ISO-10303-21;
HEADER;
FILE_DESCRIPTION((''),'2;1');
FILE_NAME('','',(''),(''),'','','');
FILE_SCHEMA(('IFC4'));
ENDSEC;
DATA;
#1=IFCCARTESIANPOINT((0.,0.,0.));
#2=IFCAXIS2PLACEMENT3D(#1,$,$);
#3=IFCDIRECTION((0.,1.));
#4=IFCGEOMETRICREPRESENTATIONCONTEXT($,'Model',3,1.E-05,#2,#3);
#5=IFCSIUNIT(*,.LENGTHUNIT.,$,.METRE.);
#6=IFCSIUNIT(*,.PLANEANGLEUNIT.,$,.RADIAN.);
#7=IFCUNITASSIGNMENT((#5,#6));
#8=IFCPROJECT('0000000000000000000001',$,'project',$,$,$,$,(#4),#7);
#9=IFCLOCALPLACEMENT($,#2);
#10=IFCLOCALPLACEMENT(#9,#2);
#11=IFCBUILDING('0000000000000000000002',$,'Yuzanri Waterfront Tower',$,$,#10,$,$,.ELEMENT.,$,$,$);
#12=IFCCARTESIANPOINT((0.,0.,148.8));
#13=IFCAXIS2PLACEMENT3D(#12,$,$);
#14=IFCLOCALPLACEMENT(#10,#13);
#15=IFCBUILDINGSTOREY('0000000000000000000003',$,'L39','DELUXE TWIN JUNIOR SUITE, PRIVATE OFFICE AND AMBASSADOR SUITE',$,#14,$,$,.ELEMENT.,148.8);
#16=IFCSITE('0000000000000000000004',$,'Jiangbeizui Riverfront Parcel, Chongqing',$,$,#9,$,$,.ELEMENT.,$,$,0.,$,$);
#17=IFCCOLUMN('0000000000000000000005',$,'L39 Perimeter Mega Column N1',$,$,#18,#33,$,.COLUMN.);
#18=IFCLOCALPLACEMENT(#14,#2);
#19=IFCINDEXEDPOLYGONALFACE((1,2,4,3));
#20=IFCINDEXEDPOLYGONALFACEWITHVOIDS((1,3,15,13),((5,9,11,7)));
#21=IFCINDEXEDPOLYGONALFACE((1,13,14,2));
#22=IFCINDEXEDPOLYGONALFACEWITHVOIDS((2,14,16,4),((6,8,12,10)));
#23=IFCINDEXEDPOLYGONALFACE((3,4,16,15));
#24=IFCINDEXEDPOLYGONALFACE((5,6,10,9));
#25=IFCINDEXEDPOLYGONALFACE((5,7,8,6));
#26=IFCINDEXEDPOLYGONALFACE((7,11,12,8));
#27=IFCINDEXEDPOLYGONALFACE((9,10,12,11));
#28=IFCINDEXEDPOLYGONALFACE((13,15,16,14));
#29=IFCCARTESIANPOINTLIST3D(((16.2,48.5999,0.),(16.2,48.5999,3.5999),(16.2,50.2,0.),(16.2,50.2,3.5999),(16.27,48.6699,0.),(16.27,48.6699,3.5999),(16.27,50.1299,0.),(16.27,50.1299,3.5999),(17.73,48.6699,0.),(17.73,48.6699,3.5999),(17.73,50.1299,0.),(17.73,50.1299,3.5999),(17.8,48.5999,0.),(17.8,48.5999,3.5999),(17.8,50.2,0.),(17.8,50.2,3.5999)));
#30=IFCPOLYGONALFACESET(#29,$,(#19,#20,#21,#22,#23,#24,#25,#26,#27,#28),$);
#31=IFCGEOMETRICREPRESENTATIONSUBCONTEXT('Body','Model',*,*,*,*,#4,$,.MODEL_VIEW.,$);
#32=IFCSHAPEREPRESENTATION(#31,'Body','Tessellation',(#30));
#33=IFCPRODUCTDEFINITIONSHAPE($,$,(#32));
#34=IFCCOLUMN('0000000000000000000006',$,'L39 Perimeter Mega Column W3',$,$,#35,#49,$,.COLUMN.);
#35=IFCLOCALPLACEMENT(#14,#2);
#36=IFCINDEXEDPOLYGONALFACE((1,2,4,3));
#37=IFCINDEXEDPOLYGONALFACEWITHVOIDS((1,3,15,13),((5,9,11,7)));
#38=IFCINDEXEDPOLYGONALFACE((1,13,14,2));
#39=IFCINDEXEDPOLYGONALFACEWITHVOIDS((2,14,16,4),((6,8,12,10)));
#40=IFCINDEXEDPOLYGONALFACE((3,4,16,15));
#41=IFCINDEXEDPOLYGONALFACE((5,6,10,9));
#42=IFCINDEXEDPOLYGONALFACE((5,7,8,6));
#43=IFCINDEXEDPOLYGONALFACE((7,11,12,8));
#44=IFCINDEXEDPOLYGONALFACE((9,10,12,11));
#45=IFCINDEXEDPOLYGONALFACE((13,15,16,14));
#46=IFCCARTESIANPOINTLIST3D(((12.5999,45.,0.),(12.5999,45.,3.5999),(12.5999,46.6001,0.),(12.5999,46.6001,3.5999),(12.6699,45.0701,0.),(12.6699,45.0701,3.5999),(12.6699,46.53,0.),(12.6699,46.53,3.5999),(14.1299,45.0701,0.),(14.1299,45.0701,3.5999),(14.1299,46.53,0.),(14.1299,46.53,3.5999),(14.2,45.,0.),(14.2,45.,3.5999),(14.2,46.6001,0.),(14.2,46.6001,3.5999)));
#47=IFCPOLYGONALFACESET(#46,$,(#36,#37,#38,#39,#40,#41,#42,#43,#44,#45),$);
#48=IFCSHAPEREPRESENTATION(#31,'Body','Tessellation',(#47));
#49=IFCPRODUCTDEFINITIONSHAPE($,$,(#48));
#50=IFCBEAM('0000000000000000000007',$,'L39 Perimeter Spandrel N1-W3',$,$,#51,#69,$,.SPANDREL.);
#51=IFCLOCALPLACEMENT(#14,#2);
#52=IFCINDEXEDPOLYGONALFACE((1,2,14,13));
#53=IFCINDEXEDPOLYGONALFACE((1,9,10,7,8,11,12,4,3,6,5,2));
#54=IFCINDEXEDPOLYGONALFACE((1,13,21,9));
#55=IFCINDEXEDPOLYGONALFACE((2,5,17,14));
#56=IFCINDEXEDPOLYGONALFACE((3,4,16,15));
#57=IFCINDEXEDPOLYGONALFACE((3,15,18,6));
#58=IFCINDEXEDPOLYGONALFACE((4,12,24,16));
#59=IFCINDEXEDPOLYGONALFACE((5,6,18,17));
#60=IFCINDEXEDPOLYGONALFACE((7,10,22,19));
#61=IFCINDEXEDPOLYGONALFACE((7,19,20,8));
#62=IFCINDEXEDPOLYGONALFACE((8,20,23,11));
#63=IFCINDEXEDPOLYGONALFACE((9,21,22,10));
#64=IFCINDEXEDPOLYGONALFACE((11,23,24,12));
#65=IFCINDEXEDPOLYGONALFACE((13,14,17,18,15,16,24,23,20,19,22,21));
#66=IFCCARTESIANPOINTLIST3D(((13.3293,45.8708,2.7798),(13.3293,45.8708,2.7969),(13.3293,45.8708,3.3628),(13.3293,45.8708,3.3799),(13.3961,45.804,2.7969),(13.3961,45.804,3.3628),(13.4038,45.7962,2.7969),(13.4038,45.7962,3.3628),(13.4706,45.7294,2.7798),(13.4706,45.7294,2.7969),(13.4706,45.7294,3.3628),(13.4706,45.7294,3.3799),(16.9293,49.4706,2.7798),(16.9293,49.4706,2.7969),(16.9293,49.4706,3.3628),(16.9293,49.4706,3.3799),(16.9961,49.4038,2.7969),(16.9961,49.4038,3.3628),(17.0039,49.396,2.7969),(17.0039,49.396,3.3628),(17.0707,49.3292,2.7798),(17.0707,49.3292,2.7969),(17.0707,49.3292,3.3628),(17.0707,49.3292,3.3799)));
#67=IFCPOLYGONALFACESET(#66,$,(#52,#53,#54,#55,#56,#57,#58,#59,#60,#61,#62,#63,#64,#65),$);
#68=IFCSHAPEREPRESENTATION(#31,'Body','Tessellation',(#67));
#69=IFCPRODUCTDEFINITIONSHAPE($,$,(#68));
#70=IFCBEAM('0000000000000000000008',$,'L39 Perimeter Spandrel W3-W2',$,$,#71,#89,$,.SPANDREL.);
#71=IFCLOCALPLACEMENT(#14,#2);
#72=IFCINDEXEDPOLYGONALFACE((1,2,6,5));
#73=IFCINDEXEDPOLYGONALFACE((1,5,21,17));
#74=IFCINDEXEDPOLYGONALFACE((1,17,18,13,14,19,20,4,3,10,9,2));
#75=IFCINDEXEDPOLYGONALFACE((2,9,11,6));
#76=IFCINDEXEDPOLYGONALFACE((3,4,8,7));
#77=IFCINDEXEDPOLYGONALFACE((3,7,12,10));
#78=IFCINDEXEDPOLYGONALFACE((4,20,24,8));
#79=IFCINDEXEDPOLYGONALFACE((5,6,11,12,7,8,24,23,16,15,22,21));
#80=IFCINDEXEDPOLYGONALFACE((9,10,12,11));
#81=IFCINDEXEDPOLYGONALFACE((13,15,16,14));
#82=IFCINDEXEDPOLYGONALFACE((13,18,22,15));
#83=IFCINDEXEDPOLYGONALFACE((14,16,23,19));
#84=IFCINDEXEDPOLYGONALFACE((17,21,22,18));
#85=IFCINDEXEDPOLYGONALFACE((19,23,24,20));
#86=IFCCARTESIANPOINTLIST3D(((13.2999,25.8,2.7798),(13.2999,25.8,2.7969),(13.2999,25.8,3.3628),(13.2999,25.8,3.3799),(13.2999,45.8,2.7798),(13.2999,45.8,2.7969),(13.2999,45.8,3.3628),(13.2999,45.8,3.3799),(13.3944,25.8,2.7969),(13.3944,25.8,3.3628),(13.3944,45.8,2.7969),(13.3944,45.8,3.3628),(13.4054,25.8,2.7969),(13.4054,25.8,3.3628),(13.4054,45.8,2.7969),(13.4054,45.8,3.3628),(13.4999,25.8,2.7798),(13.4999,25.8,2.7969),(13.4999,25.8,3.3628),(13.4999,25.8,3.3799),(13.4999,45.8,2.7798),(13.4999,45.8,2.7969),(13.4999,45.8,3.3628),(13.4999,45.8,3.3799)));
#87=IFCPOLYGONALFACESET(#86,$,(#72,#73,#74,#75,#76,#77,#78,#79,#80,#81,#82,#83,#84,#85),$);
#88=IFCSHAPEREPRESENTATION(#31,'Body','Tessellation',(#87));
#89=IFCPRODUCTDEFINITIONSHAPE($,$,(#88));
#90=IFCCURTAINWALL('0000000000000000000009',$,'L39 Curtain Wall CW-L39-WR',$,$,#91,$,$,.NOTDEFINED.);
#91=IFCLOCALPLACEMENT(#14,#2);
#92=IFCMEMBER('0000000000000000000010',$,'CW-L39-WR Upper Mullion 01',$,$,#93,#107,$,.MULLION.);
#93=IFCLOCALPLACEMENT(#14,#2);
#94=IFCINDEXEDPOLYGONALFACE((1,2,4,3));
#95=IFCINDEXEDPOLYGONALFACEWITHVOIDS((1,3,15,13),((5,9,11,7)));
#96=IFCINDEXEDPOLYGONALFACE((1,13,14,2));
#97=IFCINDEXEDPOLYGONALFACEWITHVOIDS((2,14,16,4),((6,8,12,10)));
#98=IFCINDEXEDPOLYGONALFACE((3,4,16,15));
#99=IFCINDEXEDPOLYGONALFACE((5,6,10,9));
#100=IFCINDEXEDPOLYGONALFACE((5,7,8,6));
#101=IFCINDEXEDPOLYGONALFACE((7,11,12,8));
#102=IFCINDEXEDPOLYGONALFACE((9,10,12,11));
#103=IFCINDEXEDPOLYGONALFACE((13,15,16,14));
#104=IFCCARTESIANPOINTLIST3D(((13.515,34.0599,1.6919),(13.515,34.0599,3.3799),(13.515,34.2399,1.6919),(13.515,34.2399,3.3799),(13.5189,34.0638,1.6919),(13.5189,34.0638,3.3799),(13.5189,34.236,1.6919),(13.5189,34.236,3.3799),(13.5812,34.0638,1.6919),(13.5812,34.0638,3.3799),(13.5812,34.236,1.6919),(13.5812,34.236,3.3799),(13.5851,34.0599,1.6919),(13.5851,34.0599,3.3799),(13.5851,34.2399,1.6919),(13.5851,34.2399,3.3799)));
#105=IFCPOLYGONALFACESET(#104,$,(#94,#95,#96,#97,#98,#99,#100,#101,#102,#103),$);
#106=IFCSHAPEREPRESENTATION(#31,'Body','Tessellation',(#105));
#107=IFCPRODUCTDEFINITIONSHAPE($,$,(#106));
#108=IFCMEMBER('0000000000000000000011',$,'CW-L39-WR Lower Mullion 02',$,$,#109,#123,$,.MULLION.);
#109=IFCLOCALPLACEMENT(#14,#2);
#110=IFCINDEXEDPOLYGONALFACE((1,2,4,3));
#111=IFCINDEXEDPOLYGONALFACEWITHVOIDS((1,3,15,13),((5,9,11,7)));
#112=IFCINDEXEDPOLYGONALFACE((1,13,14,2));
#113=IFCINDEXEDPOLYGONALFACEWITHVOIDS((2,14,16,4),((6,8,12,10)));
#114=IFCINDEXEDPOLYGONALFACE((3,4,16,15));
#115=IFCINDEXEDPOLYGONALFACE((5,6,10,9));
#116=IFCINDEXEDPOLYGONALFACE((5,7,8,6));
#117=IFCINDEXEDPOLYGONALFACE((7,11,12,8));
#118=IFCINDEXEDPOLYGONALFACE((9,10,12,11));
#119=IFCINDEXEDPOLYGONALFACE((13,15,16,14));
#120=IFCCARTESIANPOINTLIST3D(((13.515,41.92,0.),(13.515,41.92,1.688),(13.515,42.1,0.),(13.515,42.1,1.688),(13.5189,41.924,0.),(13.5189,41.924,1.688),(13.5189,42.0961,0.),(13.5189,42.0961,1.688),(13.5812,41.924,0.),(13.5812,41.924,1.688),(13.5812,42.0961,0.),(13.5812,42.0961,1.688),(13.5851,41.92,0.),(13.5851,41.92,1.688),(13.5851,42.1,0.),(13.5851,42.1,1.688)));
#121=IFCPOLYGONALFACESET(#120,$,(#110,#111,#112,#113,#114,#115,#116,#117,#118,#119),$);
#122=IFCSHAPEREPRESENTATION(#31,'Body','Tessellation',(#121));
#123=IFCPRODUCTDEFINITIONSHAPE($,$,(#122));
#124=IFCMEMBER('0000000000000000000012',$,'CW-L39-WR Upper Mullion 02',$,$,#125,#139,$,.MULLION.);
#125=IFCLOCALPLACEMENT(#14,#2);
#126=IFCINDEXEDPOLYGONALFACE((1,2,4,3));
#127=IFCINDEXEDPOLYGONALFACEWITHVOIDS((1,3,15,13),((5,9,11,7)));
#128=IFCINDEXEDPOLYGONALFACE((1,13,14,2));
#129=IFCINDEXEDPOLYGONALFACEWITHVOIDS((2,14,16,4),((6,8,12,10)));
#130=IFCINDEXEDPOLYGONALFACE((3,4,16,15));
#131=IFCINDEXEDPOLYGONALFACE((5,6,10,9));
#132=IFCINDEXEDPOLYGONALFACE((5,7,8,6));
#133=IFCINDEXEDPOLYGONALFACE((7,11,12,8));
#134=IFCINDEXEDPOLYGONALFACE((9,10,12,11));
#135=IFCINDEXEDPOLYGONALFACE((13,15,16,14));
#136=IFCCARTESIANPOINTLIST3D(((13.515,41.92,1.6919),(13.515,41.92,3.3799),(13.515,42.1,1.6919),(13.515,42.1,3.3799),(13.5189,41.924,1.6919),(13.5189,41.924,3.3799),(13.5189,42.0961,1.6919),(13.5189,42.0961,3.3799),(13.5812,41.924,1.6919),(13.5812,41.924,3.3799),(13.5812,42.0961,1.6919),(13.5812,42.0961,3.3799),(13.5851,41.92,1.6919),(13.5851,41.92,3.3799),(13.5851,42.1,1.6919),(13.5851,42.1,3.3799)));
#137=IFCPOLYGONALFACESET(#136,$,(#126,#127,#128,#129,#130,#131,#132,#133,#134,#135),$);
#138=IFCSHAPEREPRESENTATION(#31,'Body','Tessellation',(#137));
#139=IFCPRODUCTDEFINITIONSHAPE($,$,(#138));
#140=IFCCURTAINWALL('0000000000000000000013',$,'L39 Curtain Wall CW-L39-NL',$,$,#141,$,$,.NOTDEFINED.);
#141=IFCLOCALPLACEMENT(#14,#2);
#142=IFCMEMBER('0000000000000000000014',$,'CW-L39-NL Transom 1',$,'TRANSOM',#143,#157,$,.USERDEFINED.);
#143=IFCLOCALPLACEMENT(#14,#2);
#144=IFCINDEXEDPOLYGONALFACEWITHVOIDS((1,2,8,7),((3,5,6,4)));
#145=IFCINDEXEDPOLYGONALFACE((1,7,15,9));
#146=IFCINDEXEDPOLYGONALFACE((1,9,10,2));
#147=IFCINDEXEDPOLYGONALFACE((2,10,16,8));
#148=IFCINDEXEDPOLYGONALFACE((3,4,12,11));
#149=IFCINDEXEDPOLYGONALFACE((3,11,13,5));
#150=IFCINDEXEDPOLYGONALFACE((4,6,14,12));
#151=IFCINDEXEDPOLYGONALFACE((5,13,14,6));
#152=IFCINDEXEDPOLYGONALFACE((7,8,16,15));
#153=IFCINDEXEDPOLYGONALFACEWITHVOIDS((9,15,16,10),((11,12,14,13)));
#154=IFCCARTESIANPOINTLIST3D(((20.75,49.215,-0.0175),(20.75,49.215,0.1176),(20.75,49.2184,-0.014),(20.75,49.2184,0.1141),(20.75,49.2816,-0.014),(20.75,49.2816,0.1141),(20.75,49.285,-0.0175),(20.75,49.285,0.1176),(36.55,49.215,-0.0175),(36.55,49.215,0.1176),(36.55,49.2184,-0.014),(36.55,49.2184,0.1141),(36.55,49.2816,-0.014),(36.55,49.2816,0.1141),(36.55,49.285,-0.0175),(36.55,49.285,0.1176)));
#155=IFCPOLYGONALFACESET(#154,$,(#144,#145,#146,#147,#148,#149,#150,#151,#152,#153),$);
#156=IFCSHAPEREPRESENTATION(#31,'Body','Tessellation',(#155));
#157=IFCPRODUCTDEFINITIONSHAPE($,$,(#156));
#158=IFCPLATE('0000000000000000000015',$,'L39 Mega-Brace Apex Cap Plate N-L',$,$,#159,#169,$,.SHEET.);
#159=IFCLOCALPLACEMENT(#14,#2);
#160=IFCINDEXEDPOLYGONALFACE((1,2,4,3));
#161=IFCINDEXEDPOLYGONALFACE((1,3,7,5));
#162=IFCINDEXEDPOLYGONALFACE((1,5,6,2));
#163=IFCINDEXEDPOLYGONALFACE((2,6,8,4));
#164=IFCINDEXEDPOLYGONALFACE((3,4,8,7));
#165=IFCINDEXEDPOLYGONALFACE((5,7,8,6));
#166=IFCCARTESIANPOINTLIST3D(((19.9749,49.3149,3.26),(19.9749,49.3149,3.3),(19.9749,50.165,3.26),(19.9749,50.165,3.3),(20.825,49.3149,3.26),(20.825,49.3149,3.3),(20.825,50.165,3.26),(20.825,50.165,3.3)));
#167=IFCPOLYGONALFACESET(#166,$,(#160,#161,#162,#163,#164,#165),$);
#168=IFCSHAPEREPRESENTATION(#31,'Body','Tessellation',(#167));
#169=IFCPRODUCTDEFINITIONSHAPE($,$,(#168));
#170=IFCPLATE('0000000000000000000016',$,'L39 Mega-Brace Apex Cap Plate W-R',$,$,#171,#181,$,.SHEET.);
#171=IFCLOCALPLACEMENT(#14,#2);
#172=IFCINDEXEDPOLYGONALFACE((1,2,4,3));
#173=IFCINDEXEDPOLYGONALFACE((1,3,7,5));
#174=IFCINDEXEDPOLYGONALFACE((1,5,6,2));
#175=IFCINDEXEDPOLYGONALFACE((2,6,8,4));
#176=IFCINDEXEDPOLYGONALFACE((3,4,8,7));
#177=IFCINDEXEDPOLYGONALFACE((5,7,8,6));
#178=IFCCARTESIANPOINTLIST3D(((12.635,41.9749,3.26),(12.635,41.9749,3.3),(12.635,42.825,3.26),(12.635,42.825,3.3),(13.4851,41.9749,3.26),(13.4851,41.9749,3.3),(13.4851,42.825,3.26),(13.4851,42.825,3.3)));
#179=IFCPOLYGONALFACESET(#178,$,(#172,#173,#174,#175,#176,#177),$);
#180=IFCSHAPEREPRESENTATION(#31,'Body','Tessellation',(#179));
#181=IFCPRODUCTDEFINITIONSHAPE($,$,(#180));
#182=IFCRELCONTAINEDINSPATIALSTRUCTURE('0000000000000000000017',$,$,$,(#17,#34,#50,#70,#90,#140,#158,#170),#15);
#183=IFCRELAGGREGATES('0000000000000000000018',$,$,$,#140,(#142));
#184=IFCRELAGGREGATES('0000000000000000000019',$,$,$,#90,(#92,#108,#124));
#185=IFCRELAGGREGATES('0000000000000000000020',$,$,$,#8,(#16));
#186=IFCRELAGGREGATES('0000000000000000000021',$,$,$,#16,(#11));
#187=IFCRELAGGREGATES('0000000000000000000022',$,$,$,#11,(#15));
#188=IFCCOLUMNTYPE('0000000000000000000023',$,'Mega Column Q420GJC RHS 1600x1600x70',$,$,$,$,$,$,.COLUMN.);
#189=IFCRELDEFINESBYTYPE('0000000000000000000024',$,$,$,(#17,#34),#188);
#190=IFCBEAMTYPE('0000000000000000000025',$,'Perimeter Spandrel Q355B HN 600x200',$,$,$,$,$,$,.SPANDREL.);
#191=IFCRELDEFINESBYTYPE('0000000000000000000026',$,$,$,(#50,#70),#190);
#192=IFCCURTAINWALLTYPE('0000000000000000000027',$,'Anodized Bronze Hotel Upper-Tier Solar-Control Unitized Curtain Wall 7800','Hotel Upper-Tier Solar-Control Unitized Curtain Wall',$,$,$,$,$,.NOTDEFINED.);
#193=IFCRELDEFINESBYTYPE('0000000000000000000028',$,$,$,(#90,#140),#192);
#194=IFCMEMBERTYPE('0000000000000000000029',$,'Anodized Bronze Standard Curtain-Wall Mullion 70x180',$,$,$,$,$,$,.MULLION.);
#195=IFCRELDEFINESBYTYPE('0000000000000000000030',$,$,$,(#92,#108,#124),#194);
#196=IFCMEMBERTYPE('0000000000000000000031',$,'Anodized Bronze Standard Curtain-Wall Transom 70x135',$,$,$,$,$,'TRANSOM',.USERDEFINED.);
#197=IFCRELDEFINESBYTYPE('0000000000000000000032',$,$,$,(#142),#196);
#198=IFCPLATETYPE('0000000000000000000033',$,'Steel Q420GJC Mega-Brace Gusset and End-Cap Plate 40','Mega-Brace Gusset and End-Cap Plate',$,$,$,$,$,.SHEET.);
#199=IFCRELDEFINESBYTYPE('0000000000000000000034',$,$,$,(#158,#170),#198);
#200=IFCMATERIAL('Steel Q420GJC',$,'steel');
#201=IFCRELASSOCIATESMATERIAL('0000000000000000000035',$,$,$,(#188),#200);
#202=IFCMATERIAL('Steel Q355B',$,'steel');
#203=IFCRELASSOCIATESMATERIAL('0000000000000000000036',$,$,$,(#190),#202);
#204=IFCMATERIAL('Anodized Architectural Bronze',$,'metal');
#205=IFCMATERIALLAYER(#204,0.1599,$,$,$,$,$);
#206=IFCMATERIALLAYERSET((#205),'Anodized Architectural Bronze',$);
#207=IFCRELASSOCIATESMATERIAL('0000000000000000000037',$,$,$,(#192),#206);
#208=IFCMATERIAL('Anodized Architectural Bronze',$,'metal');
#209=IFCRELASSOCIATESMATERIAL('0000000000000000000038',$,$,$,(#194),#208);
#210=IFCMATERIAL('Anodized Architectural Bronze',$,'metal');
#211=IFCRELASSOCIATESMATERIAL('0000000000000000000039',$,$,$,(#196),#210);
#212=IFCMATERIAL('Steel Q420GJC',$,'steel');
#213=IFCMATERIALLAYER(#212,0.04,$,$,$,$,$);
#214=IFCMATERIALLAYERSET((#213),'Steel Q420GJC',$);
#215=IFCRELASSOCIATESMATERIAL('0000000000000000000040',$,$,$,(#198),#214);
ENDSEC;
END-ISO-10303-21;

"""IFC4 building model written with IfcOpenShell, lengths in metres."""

from ifc_helpers import new_model, si_unit, direction, frame, origin, origin_2d, place, context, subcontext, project, spatial, rectangle, hollow_rectangle, i_section, extrude, source, transform, mapped, material, layer, layer_set, material_profile, profile_set, type_object, element, aggregate, save


model = new_model("IFC4")

# Units and contexts
model_context = context("Model", 3, precision=1e-05, world=origin(), true_north=direction((0.0, 1.0)))
body_context = subcontext(model_context, "Body", "Model", "MODEL_VIEW")
ifc_project = project(units=[si_unit("LENGTHUNIT", "METRE"), si_unit("PLANEANGLEUNIT", "RADIAN")], contexts=[model_context])

# Site, building, storey
site_placement = place(None, origin())
site = spatial("IfcSite", under=ifc_project, at=site_placement, Name="Jiangbeizui Riverfront Parcel, Chongqing", CompositionType="ELEMENT", RefElevation=0.0)
building_placement = place(site_placement, origin())
building = spatial("IfcBuilding", under=site, at=building_placement, Name="Yuzanri Waterfront Tower", CompositionType="ELEMENT")
storey_placement = place(building_placement, frame((0.0, 0.0, 148.8)))
storey = spatial("IfcBuildingStorey", under=building, at=storey_placement, Name="L39", Description="DELUXE TWIN JUNIOR SUITE, PRIVATE OFFICE AND AMBASSADOR SUITE", CompositionType="ELEMENT", Elevation=148.8)

# Columns
ifc_material_1 = material(Name="Steel Q420GJC", Category="steel")
ifc_material_profile_1 = material_profile(ifc_material_1, hollow_rectangle(XDim=1.6001, YDim=1.6001, WallThickness=0.0701, at=origin_2d()), Name="RHS 1600x1600x70")
ifc_profile_set_1 = profile_set([ifc_material_profile_1], Name="Steel Q420GJC")
column_type = type_object("IfcColumnType", Name="Mega Column Q420GJC RHS 1600x1600x70", PredefinedType="COLUMN", material=ifc_profile_set_1)
shared_shape_1 = source(origin(), body_context, "Body", "SweptSolid", [
    extrude(hollow_rectangle(XDim=1.6001, YDim=1.6001, WallThickness=0.0701, at=origin_2d()), origin(), (0.0, 0.0, 1.0), 3.5999),
])
for number, where, z_axis, x_axis, name in (
    (1, (17.0, 49.3999, 0.0), (0.0, 0.0, 1.0), (1.0, 0.0, 0.0), "L39 Perimeter Mega Column N1"),
    (2, (13.3999, 45.8, 0.0), (0.0, 0.0, 1.0), (1.0, 0.0, 0.0), "L39 Perimeter Mega Column W3"),
):
    element("IfcColumn", number, at=place(storey_placement, frame(where, z_axis=z_axis, x_axis=x_axis)), inside=storey, type_object=column_type, Name=name, PredefinedType="COLUMN", context=body_context, shape_type="MappedRepresentation", body=[
        mapped(shared_shape_1, transform((0.0, 0.0, 0.0), scale=1.0)),
    ])

# Beams
ifc_material_2 = material(Name="Steel Q355B", Category="steel")
ifc_material_profile_2 = material_profile(ifc_material_2, i_section(OverallWidth=0.2, OverallDepth=0.6001, WebThickness=0.011, FlangeThickness=0.0171, at=origin_2d()), Name="HN 600x200x11x17")
ifc_profile_set_2 = profile_set([ifc_material_profile_2], Name="Steel Q355B")
beam_type = type_object("IfcBeamType", Name="Perimeter Spandrel Q355B HN 600x200", PredefinedType="SPANDREL", material=ifc_profile_set_2)
shared_shape_2 = source(origin(), body_context, "Body", "SweptSolid", [
    extrude(i_section(OverallWidth=0.2, OverallDepth=0.6001, WebThickness=0.011, FlangeThickness=0.0171, at=origin_2d()), origin(), (0.0, 0.0, 1.0), 5.0911),
])
beam_1_placement = place(storey_placement, frame((17.0, 49.3999, 3.0798), z_axis=(-0.707131, -0.707083, 0.0), x_axis=(0.707083, -0.707131, 0.0)))
element("IfcBeam", 3, at=beam_1_placement, inside=storey, type_object=beam_type, Name="L39 Perimeter Spandrel N1-W3", PredefinedType="SPANDREL", context=body_context, shape_type="MappedRepresentation", body=[
    mapped(shared_shape_2, transform((0.0, 0.0, 0.0), scale=1.0)),
])
shared_shape_3 = source(origin(), body_context, "Body", "SweptSolid", [
    extrude(i_section(OverallWidth=0.2, OverallDepth=0.6001, WebThickness=0.011, FlangeThickness=0.0171, at=origin_2d()), origin(), (0.0, 0.0, 1.0), 20.0),
])
beam_2_placement = place(storey_placement, frame((13.3999, 45.8, 3.0798), z_axis=(0.0, -1.0, 0.0), x_axis=(1.0, 0.0, 0.0)))
element("IfcBeam", 4, at=beam_2_placement, inside=storey, type_object=beam_type, Name="L39 Perimeter Spandrel W3-W2", PredefinedType="SPANDREL", context=body_context, shape_type="MappedRepresentation", body=[
    mapped(shared_shape_3, transform((0.0, 0.0, 0.0), scale=1.0)),
])

# Curtain wall, members
ifc_material_3 = material(Name="Anodized Architectural Bronze", Category="metal")
ifc_layer_1 = layer(ifc_material_3, 0.1599)
ifc_layer_set_1 = layer_set([ifc_layer_1], Name="Anodized Architectural Bronze")
curtain_wall_type = type_object("IfcCurtainWallType", Name="Anodized Bronze Hotel Upper-Tier Solar-Control Unitized Curtain Wall 7800", Description="Hotel Upper-Tier Solar-Control Unitized Curtain Wall", PredefinedType="NOTDEFINED", material=ifc_layer_set_1)
curtain_wall_1_placement = place(storey_placement, origin())
curtain_wall_1 = element("IfcCurtainWall", 5, at=curtain_wall_1_placement, inside=storey, type_object=curtain_wall_type, Name="L39 Curtain Wall CW-L39-WR", PredefinedType="NOTDEFINED")
ifc_material_4 = material(Name="Anodized Architectural Bronze", Category="metal")
ifc_material_profile_3 = material_profile(ifc_material_4, hollow_rectangle(XDim=0.0701, YDim=0.1799, WallThickness=0.0039, at=origin_2d()), Name="CWM 70x180")
ifc_profile_set_3 = profile_set([ifc_material_profile_3], Name="Anodized Architectural Bronze")
member_type_1 = type_object("IfcMemberType", Name="Anodized Bronze Standard Curtain-Wall Mullion 70x180", PredefinedType="MULLION", material=ifc_profile_set_3)
shared_shape_4 = source(origin(), body_context, "Body", "SweptSolid", [
    extrude(hollow_rectangle(XDim=0.0701, YDim=0.1799, WallThickness=0.0039, at=origin_2d()), origin(), (0.0, 0.0, 1.0), 1.688),
])
member_1_placement = place(storey_placement, frame((13.55, 34.1499, 1.6919), z_axis=(0.0, 0.0, 1.0), x_axis=(1.0, 0.0, 0.0)))
member_1 = element("IfcMember", 6, at=member_1_placement, type_object=member_type_1, Name="CW-L39-WR Upper Mullion 01", PredefinedType="MULLION", context=body_context, shape_type="MappedRepresentation", body=[
    mapped(shared_shape_4, transform((0.0, 0.0, 0.0), scale=1.0)),
])
member_2_placement = place(storey_placement, frame((13.55, 42.01, 0.0), z_axis=(0.0, 0.0, 1.0), x_axis=(1.0, 0.0, 0.0)))
member_2 = element("IfcMember", 7, at=member_2_placement, type_object=member_type_1, Name="CW-L39-WR Lower Mullion 02", PredefinedType="MULLION", context=body_context, shape_type="MappedRepresentation", body=[
    mapped(shared_shape_4, transform((0.0, 0.0, 0.0), scale=1.0)),
])
member_3_placement = place(storey_placement, frame((13.55, 42.01, 1.6919), z_axis=(0.0, 0.0, 1.0), x_axis=(1.0, 0.0, 0.0)))
member_3 = element("IfcMember", 8, at=member_3_placement, type_object=member_type_1, Name="CW-L39-WR Upper Mullion 02", PredefinedType="MULLION", context=body_context, shape_type="MappedRepresentation", body=[
    mapped(shared_shape_4, transform((0.0, 0.0, 0.0), scale=1.0)),
])

# Curtain wall, member
curtain_wall_2_placement = place(storey_placement, origin())
curtain_wall_2 = element("IfcCurtainWall", 9, at=curtain_wall_2_placement, inside=storey, type_object=curtain_wall_type, Name="L39 Curtain Wall CW-L39-NL", PredefinedType="NOTDEFINED")
ifc_material_5 = material(Name="Anodized Architectural Bronze", Category="metal")
ifc_material_profile_4 = material_profile(ifc_material_5, hollow_rectangle(XDim=0.0701, YDim=0.135, WallThickness=0.0034, at=origin_2d()), Name="CWT 70x135")
ifc_profile_set_4 = profile_set([ifc_material_profile_4], Name="Anodized Architectural Bronze")
member_type_2 = type_object("IfcMemberType", Name="Anodized Bronze Standard Curtain-Wall Transom 70x135", ElementType="TRANSOM", PredefinedType="USERDEFINED", material=ifc_profile_set_4)
shared_shape_5 = source(origin(), body_context, "Body", "SweptSolid", [
    extrude(hollow_rectangle(XDim=0.0701, YDim=0.135, WallThickness=0.0034, at=origin_2d()), origin(), (0.0, 0.0, 1.0), 15.8),
])
member_4_placement = place(storey_placement, frame((20.75, 49.25, 0.05), z_axis=(1.0, 0.0, 0.0), x_axis=(0.0, 1.0, 0.0)))
member_4 = element("IfcMember", 10, at=member_4_placement, type_object=member_type_2, Name="CW-L39-NL Transom 1", ObjectType="TRANSOM", PredefinedType="USERDEFINED", context=body_context, shape_type="MappedRepresentation", body=[
    mapped(shared_shape_5, transform((0.0, 0.0, 0.0), scale=1.0)),
])
aggregate(curtain_wall_2, [member_4])

# Plates
ifc_material_6 = material(Name="Steel Q420GJC", Category="steel")
ifc_layer_2 = layer(ifc_material_6, 0.04)
ifc_layer_set_2 = layer_set([ifc_layer_2], Name="Steel Q420GJC")
plate_type_1 = type_object("IfcPlateType", Name="Steel Q420GJC Mega-Brace Gusset and End-Cap Plate 40", Description="Mega-Brace Gusset and End-Cap Plate", PredefinedType="SHEET", material=ifc_layer_set_2)
shared_shape_6 = source(origin(), body_context, "Body", "SweptSolid", [
    extrude(rectangle(XDim=0.8501, YDim=0.8501, at=origin_2d()), origin(), (0.0, 0.0, 1.0), 0.04),
])
for number, where, z_axis, x_axis, name in (
    (11, (20.3999, 49.74, 3.26), (0.0, 0.0, 1.0), (1.0, 0.0, 0.0), "L39 Mega-Brace Apex Cap Plate N-L"),
    (12, (13.0601, 42.3999, 3.26), (0.0, 0.0, 1.0), (1.0, 0.0, 0.0), "L39 Mega-Brace Apex Cap Plate W-R"),
):
    element("IfcPlate", number, at=place(storey_placement, frame(where, z_axis=z_axis, x_axis=x_axis)), inside=storey, type_object=plate_type_1, Name=name, PredefinedType="SHEET", context=body_context, shape_type="MappedRepresentation", body=[
        mapped(shared_shape_6, transform((0.0, 0.0, 0.0), scale=1.0)),
    ])

aggregate(curtain_wall_1, [member_1, member_2, member_3])

save(model, "model.ifc")
